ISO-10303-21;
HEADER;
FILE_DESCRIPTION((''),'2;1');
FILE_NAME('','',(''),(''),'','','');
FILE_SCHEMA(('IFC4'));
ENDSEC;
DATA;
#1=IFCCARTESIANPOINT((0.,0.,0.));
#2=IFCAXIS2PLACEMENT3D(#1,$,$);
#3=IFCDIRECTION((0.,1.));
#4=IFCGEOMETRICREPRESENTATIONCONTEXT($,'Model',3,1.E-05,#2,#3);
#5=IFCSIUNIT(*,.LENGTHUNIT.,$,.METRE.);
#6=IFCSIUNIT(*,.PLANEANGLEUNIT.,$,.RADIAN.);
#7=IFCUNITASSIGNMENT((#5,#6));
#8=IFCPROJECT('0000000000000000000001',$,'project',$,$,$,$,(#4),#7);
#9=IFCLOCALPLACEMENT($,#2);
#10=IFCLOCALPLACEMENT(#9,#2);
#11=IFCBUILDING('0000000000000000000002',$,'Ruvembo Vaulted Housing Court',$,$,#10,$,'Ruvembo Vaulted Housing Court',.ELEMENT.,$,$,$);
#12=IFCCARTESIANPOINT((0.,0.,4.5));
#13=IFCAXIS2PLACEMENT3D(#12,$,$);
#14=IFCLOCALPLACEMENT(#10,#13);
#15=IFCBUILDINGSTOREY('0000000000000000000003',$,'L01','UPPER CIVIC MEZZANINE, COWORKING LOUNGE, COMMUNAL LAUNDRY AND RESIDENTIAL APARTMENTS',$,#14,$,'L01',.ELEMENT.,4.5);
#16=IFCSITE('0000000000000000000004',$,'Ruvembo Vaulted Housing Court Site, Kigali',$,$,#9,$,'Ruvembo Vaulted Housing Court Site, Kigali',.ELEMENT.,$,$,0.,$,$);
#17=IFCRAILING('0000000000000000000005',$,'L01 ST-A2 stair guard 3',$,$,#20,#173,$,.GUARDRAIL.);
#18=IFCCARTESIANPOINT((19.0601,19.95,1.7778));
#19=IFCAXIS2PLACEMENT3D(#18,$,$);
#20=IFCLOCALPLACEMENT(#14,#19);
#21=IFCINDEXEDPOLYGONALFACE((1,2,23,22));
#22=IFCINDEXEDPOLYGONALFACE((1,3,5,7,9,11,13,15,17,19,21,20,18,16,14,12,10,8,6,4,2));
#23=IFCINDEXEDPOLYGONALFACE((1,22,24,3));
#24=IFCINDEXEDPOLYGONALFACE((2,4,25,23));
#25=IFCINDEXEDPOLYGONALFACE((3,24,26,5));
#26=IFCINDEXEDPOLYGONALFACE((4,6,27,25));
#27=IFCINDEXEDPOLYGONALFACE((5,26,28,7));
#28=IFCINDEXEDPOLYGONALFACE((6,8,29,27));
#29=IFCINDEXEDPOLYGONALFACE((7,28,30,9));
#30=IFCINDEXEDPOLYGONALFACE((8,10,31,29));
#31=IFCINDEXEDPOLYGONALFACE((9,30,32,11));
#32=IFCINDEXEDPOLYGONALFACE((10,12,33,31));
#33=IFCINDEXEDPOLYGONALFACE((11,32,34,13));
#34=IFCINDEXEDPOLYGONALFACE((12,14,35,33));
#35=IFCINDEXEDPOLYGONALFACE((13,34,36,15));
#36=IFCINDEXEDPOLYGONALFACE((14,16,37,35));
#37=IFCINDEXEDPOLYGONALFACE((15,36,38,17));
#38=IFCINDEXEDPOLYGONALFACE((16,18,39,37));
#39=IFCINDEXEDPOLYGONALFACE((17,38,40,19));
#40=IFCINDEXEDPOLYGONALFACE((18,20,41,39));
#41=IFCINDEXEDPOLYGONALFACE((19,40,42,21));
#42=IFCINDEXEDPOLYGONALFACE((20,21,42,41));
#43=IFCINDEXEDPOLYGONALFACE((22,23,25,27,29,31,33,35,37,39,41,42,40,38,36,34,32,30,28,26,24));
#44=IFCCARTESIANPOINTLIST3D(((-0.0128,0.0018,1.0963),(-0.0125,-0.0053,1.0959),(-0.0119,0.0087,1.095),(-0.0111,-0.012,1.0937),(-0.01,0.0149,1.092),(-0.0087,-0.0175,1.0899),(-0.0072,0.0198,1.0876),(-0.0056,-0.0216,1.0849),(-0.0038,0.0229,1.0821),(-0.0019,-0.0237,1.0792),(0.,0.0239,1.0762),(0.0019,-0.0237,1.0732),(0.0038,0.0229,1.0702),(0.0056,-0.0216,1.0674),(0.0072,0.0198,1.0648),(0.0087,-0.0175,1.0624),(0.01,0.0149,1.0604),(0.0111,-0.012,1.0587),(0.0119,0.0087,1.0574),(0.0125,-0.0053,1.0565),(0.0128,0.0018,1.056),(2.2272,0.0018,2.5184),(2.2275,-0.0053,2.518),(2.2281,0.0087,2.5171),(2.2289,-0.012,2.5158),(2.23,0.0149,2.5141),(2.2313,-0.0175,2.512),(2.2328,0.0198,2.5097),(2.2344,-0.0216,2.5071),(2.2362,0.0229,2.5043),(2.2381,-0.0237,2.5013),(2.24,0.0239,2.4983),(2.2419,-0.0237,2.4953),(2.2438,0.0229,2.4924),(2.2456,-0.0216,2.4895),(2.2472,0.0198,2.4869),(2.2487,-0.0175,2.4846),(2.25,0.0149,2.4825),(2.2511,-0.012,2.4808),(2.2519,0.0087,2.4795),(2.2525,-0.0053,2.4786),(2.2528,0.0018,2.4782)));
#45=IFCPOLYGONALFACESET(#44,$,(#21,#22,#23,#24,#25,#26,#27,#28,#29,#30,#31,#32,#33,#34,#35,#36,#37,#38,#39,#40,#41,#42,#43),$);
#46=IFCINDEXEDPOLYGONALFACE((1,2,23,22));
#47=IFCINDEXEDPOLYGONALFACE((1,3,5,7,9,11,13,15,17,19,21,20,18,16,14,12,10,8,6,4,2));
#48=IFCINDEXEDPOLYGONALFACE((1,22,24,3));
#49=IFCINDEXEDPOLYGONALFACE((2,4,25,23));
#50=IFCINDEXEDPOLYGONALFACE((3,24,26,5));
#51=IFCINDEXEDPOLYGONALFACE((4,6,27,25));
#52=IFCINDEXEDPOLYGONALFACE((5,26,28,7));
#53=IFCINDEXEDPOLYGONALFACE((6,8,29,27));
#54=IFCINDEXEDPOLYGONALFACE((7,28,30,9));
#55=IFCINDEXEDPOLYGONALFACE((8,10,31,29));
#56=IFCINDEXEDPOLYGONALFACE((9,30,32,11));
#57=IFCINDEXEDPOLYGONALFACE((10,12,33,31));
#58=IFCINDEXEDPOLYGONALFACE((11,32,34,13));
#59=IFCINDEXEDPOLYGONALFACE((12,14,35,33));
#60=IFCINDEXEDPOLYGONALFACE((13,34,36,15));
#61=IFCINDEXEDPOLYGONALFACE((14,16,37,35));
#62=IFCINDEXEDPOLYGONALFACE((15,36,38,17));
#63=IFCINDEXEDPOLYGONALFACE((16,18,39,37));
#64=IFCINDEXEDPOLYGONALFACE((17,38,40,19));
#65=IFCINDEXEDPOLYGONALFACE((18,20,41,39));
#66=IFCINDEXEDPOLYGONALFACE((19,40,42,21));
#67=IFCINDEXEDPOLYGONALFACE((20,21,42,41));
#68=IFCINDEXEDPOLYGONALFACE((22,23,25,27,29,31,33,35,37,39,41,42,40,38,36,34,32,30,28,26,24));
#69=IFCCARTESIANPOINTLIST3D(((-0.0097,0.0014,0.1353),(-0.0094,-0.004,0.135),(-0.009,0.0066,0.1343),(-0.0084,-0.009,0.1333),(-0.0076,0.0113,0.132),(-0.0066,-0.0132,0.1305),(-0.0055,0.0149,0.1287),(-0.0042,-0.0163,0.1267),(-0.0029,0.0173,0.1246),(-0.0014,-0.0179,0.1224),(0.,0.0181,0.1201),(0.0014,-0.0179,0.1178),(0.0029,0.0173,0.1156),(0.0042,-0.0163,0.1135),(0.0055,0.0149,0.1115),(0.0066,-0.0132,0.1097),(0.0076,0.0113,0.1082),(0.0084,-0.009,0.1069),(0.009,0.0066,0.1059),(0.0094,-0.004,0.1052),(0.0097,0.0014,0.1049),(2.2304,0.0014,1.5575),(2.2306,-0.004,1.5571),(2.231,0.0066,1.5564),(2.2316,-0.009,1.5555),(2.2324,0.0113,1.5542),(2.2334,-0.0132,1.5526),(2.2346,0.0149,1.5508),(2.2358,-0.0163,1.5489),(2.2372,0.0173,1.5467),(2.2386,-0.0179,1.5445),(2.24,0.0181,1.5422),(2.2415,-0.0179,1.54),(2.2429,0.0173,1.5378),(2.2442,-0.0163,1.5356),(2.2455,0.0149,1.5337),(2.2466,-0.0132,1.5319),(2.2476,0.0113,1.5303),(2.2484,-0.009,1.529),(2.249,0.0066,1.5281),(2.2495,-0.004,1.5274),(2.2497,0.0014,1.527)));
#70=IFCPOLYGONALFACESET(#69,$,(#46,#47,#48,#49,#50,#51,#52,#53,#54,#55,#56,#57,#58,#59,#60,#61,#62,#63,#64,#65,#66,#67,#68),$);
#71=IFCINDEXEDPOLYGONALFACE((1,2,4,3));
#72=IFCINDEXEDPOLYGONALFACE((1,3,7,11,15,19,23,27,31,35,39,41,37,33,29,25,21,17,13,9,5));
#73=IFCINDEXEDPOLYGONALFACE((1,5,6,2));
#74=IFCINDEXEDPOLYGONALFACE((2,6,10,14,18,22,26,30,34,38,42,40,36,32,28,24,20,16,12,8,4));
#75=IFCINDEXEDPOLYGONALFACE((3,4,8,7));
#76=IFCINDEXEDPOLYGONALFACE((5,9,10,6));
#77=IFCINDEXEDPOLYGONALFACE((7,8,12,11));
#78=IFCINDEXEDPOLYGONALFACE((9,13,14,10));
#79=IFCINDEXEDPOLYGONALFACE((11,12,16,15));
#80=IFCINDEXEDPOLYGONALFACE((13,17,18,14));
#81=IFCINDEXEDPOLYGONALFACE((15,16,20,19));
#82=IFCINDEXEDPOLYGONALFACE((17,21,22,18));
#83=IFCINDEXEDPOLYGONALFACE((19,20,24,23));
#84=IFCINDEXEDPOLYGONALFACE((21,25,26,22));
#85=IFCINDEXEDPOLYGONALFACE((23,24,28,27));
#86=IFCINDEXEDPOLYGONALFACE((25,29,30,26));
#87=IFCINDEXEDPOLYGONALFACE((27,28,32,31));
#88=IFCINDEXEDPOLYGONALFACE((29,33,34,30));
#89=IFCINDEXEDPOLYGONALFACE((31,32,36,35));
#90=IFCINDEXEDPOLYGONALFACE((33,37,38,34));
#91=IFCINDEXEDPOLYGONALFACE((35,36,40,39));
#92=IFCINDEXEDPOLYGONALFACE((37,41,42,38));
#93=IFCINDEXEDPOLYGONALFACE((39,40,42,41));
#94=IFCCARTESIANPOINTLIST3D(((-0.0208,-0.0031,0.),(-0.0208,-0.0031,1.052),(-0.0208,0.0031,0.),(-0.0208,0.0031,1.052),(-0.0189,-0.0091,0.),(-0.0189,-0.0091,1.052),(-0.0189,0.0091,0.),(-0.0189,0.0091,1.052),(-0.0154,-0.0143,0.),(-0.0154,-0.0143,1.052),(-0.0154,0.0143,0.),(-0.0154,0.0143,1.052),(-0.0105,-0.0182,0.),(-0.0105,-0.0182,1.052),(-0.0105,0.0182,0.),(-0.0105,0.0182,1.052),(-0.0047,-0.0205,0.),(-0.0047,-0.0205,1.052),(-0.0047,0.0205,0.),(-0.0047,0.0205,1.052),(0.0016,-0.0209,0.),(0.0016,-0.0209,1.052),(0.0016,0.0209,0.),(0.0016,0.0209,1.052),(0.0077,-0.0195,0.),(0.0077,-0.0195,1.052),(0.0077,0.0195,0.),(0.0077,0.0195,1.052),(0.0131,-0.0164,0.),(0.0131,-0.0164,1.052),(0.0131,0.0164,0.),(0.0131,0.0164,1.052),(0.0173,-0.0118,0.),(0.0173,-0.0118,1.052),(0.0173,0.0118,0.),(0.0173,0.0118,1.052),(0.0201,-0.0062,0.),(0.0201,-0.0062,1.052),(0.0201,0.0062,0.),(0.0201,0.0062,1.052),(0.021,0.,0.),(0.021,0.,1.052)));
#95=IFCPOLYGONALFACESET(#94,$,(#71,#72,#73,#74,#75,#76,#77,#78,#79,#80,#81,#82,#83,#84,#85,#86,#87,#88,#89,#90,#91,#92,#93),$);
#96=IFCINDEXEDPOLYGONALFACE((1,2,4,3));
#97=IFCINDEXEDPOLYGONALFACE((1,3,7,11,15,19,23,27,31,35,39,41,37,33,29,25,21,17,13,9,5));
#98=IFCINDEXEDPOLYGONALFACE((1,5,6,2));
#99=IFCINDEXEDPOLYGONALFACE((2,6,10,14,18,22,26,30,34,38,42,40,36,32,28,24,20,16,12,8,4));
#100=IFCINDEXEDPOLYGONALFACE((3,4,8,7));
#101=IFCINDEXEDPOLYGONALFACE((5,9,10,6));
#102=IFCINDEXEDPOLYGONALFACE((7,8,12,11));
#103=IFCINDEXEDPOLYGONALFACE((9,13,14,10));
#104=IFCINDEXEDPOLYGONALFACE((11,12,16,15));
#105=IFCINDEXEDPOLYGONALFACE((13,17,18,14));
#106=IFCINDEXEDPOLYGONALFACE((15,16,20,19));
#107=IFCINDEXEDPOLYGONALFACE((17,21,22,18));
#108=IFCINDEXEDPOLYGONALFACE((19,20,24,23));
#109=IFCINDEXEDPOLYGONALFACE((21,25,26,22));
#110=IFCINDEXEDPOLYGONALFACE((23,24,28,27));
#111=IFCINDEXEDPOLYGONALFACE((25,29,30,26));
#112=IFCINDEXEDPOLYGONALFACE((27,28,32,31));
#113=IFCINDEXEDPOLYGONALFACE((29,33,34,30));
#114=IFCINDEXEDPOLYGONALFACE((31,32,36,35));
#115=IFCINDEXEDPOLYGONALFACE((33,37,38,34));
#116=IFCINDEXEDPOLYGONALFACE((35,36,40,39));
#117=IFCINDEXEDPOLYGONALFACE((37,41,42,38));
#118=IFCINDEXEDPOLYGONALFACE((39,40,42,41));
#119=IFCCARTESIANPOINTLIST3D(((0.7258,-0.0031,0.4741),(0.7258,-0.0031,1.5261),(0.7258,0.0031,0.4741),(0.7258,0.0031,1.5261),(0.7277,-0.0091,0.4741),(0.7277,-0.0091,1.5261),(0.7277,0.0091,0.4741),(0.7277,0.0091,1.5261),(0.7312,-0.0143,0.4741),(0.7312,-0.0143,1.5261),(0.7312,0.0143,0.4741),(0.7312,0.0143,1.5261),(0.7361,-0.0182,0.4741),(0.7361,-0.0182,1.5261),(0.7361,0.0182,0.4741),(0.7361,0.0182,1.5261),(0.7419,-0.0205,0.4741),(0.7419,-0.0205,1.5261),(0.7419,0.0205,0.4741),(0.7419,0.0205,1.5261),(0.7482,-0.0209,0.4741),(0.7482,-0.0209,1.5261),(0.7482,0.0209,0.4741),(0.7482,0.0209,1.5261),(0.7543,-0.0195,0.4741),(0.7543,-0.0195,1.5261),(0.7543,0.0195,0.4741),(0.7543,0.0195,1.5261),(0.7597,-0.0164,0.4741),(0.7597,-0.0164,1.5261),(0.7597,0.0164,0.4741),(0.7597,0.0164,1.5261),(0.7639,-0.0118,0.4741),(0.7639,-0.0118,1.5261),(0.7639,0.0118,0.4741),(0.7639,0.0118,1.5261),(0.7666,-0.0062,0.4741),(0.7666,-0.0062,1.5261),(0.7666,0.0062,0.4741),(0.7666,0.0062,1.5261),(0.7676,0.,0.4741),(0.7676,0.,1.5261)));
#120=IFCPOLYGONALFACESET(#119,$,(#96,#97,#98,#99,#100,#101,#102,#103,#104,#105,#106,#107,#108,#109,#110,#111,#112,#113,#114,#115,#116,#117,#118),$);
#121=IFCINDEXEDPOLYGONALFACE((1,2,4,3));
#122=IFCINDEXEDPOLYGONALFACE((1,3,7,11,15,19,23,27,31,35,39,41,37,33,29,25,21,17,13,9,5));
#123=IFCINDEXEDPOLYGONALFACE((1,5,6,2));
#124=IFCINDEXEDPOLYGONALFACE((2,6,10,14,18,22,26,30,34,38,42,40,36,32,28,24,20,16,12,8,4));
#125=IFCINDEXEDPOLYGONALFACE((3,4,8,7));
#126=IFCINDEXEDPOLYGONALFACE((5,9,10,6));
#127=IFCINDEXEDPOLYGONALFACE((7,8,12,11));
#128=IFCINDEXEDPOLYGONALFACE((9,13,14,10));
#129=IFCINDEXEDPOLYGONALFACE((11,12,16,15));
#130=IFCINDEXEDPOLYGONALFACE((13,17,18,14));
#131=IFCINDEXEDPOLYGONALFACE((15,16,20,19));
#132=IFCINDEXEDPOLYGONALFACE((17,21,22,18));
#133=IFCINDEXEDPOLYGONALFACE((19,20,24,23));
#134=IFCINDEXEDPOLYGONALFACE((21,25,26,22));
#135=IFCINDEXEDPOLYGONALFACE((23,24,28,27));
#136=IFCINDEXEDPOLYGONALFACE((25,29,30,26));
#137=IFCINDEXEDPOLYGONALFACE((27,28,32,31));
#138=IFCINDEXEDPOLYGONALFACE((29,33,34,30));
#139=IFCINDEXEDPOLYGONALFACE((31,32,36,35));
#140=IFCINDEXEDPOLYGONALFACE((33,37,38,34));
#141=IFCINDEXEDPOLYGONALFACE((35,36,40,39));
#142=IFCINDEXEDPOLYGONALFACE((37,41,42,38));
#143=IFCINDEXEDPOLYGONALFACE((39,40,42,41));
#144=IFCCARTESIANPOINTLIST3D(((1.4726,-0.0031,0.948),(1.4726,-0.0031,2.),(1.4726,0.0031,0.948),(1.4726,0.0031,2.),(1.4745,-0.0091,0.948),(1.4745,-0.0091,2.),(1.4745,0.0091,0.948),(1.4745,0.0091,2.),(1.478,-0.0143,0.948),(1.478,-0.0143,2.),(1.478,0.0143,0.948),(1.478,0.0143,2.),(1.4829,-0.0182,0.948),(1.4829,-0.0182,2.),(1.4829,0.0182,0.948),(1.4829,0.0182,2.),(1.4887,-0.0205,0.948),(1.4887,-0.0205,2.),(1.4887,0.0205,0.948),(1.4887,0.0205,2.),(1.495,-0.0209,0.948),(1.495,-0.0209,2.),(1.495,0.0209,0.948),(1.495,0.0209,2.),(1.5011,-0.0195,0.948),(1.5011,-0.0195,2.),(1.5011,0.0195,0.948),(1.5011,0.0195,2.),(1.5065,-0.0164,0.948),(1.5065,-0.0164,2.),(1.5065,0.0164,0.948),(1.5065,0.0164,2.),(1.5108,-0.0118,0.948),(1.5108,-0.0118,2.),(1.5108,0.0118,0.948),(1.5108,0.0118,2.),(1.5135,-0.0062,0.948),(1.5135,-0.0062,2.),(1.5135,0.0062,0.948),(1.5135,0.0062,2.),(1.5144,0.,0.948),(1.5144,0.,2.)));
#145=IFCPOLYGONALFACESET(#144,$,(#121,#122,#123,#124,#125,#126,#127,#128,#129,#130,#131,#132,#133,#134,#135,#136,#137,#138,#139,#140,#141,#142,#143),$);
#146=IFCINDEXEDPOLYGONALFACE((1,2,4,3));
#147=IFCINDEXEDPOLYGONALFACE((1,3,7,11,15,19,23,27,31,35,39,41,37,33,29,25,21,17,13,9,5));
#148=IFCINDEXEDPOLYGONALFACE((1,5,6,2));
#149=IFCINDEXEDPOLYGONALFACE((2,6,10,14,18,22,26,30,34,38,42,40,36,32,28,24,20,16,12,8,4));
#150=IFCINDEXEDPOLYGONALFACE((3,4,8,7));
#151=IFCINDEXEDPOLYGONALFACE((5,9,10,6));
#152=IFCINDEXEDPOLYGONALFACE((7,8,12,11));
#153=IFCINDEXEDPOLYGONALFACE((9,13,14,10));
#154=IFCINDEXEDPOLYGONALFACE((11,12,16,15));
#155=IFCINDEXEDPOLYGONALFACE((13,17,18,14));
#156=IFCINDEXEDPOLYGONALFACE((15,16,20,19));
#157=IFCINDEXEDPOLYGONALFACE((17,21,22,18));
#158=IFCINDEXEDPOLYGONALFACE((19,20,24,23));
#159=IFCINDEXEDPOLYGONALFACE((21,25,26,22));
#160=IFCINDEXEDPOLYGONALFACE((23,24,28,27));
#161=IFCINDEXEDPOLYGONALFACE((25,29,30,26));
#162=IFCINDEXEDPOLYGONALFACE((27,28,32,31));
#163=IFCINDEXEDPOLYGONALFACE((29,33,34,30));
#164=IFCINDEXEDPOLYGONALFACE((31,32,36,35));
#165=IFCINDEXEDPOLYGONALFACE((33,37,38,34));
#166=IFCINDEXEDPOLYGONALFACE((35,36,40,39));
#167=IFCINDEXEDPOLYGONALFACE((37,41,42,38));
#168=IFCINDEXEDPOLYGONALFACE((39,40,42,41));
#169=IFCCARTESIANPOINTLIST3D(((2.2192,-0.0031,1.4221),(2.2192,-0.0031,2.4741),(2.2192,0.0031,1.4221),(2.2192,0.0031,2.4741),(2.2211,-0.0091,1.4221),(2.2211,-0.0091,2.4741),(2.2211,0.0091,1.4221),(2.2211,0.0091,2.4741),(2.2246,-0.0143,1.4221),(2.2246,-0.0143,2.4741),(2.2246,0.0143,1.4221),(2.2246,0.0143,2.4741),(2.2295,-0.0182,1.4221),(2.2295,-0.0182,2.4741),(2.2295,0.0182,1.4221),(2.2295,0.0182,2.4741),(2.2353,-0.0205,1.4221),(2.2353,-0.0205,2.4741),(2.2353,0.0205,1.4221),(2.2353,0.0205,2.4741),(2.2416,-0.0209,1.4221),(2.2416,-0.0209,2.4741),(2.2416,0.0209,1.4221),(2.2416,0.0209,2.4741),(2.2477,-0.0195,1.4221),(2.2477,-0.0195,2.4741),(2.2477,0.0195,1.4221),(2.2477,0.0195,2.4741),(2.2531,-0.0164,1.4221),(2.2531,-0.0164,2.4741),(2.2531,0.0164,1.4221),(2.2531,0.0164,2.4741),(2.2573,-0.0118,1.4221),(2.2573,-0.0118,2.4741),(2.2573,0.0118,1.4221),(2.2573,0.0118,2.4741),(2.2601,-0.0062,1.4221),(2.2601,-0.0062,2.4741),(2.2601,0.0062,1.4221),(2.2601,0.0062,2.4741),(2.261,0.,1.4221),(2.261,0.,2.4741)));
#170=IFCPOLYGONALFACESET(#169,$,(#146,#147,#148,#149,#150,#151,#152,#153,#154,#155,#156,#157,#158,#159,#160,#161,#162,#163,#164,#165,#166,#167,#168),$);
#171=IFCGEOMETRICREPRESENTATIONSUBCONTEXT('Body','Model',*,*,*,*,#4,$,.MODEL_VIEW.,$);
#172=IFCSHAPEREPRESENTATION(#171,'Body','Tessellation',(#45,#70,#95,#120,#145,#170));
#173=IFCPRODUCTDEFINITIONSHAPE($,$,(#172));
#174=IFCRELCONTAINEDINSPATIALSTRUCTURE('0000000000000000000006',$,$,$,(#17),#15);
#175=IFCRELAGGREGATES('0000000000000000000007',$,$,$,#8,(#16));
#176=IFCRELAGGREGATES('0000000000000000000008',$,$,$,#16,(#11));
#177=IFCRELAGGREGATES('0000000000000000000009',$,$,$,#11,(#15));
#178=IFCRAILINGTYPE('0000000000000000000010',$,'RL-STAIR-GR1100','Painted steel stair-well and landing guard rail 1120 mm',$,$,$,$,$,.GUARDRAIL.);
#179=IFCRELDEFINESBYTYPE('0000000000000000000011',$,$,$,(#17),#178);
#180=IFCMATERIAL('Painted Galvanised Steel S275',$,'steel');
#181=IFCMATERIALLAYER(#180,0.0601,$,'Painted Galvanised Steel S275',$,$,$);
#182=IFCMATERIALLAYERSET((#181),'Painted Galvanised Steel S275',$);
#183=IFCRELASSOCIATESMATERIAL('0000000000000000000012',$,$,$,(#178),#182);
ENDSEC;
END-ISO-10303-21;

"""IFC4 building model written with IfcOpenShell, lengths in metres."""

from ifc_helpers import new_model, si_unit, direction, frame, origin, origin_2d, place, context, subcontext, project, spatial, circle, extrude, material, layer, layer_set, type_object, element, save


model = new_model("IFC4")

# Units and contexts
model_context = context("Model", 3, precision=1e-05, world=origin(), true_north=direction((0.0, 1.0)))
body_context = subcontext(model_context, "Body", "Model", "MODEL_VIEW")
ifc_project = project(units=[si_unit("LENGTHUNIT", "METRE"), si_unit("PLANEANGLEUNIT", "RADIAN")], contexts=[model_context])

# Site, building, storey
site_placement = place(None, origin())
site = spatial("IfcSite", under=ifc_project, at=site_placement, Name="Ruvembo Vaulted Housing Court Site, Kigali", LongName="Ruvembo Vaulted Housing Court Site, Kigali", CompositionType="ELEMENT", RefElevation=0.0)
building_placement = place(site_placement, origin())
building = spatial("IfcBuilding", under=site, at=building_placement, Name="Ruvembo Vaulted Housing Court", LongName="Ruvembo Vaulted Housing Court", CompositionType="ELEMENT")
storey_placement = place(building_placement, frame((0.0, 0.0, 4.5)))
storey = spatial("IfcBuildingStorey", under=building, at=storey_placement, Name="L01", Description="UPPER CIVIC MEZZANINE, COWORKING LOUNGE, COMMUNAL LAUNDRY AND RESIDENTIAL APARTMENTS", LongName="L01", CompositionType="ELEMENT", Elevation=4.5)

# Railing
ifc_material_1 = material(Name="Painted Galvanised Steel S275", Category="steel")
ifc_layer_1 = layer(ifc_material_1, 0.0601, Name="Painted Galvanised Steel S275")
ifc_layer_set_1 = layer_set([ifc_layer_1], Name="Painted Galvanised Steel S275")
railing_type_1 = type_object("IfcRailingType", Name="RL-STAIR-GR1100", Description="Painted steel stair-well and landing guard rail 1120 mm", PredefinedType="GUARDRAIL", material=ifc_layer_set_1)
railing_1_placement = place(storey_placement, frame((19.0601, 19.95, 1.7778)))
element("IfcRailing", 1, at=railing_1_placement, inside=storey, type_object=railing_type_1, Name="L01 ST-A2 stair guard 3", PredefinedType="GUARDRAIL", context=body_context, shape_type="SweptSolid", body=[
    extrude(circle(Radius=0.0239, at=origin_2d()), frame((0.0, 0.0, 1.0762), z_axis=(0.844229, 0.0, 0.535982), x_axis=(0.0, 1.0, 0.0)), (0.0, 0.0, 1.0), 2.6533),
    extrude(circle(Radius=0.0181, at=origin_2d()), frame((0.0, 0.0, 0.1201), z_axis=(0.844229, 0.0, 0.535982), x_axis=(0.0, 1.0, 0.0)), (0.0, 0.0, 1.0), 2.6533),
    extrude(circle(Radius=0.021, at=origin_2d()), origin(), (0.0, 0.0, 1.0), 1.052),
    extrude(circle(Radius=0.021, at=origin_2d()), frame((0.7466, 0.0, 0.4741)), (0.0, 0.0, 1.0), 1.052),
    extrude(circle(Radius=0.021, at=origin_2d()), frame((1.4934, 0.0, 0.948)), (0.0, 0.0, 1.0), 1.052),
    extrude(circle(Radius=0.021, at=origin_2d()), frame((2.24, 0.0, 1.4221)), (0.0, 0.0, 1.0), 1.052),
])

save(model, "model.ifc")
